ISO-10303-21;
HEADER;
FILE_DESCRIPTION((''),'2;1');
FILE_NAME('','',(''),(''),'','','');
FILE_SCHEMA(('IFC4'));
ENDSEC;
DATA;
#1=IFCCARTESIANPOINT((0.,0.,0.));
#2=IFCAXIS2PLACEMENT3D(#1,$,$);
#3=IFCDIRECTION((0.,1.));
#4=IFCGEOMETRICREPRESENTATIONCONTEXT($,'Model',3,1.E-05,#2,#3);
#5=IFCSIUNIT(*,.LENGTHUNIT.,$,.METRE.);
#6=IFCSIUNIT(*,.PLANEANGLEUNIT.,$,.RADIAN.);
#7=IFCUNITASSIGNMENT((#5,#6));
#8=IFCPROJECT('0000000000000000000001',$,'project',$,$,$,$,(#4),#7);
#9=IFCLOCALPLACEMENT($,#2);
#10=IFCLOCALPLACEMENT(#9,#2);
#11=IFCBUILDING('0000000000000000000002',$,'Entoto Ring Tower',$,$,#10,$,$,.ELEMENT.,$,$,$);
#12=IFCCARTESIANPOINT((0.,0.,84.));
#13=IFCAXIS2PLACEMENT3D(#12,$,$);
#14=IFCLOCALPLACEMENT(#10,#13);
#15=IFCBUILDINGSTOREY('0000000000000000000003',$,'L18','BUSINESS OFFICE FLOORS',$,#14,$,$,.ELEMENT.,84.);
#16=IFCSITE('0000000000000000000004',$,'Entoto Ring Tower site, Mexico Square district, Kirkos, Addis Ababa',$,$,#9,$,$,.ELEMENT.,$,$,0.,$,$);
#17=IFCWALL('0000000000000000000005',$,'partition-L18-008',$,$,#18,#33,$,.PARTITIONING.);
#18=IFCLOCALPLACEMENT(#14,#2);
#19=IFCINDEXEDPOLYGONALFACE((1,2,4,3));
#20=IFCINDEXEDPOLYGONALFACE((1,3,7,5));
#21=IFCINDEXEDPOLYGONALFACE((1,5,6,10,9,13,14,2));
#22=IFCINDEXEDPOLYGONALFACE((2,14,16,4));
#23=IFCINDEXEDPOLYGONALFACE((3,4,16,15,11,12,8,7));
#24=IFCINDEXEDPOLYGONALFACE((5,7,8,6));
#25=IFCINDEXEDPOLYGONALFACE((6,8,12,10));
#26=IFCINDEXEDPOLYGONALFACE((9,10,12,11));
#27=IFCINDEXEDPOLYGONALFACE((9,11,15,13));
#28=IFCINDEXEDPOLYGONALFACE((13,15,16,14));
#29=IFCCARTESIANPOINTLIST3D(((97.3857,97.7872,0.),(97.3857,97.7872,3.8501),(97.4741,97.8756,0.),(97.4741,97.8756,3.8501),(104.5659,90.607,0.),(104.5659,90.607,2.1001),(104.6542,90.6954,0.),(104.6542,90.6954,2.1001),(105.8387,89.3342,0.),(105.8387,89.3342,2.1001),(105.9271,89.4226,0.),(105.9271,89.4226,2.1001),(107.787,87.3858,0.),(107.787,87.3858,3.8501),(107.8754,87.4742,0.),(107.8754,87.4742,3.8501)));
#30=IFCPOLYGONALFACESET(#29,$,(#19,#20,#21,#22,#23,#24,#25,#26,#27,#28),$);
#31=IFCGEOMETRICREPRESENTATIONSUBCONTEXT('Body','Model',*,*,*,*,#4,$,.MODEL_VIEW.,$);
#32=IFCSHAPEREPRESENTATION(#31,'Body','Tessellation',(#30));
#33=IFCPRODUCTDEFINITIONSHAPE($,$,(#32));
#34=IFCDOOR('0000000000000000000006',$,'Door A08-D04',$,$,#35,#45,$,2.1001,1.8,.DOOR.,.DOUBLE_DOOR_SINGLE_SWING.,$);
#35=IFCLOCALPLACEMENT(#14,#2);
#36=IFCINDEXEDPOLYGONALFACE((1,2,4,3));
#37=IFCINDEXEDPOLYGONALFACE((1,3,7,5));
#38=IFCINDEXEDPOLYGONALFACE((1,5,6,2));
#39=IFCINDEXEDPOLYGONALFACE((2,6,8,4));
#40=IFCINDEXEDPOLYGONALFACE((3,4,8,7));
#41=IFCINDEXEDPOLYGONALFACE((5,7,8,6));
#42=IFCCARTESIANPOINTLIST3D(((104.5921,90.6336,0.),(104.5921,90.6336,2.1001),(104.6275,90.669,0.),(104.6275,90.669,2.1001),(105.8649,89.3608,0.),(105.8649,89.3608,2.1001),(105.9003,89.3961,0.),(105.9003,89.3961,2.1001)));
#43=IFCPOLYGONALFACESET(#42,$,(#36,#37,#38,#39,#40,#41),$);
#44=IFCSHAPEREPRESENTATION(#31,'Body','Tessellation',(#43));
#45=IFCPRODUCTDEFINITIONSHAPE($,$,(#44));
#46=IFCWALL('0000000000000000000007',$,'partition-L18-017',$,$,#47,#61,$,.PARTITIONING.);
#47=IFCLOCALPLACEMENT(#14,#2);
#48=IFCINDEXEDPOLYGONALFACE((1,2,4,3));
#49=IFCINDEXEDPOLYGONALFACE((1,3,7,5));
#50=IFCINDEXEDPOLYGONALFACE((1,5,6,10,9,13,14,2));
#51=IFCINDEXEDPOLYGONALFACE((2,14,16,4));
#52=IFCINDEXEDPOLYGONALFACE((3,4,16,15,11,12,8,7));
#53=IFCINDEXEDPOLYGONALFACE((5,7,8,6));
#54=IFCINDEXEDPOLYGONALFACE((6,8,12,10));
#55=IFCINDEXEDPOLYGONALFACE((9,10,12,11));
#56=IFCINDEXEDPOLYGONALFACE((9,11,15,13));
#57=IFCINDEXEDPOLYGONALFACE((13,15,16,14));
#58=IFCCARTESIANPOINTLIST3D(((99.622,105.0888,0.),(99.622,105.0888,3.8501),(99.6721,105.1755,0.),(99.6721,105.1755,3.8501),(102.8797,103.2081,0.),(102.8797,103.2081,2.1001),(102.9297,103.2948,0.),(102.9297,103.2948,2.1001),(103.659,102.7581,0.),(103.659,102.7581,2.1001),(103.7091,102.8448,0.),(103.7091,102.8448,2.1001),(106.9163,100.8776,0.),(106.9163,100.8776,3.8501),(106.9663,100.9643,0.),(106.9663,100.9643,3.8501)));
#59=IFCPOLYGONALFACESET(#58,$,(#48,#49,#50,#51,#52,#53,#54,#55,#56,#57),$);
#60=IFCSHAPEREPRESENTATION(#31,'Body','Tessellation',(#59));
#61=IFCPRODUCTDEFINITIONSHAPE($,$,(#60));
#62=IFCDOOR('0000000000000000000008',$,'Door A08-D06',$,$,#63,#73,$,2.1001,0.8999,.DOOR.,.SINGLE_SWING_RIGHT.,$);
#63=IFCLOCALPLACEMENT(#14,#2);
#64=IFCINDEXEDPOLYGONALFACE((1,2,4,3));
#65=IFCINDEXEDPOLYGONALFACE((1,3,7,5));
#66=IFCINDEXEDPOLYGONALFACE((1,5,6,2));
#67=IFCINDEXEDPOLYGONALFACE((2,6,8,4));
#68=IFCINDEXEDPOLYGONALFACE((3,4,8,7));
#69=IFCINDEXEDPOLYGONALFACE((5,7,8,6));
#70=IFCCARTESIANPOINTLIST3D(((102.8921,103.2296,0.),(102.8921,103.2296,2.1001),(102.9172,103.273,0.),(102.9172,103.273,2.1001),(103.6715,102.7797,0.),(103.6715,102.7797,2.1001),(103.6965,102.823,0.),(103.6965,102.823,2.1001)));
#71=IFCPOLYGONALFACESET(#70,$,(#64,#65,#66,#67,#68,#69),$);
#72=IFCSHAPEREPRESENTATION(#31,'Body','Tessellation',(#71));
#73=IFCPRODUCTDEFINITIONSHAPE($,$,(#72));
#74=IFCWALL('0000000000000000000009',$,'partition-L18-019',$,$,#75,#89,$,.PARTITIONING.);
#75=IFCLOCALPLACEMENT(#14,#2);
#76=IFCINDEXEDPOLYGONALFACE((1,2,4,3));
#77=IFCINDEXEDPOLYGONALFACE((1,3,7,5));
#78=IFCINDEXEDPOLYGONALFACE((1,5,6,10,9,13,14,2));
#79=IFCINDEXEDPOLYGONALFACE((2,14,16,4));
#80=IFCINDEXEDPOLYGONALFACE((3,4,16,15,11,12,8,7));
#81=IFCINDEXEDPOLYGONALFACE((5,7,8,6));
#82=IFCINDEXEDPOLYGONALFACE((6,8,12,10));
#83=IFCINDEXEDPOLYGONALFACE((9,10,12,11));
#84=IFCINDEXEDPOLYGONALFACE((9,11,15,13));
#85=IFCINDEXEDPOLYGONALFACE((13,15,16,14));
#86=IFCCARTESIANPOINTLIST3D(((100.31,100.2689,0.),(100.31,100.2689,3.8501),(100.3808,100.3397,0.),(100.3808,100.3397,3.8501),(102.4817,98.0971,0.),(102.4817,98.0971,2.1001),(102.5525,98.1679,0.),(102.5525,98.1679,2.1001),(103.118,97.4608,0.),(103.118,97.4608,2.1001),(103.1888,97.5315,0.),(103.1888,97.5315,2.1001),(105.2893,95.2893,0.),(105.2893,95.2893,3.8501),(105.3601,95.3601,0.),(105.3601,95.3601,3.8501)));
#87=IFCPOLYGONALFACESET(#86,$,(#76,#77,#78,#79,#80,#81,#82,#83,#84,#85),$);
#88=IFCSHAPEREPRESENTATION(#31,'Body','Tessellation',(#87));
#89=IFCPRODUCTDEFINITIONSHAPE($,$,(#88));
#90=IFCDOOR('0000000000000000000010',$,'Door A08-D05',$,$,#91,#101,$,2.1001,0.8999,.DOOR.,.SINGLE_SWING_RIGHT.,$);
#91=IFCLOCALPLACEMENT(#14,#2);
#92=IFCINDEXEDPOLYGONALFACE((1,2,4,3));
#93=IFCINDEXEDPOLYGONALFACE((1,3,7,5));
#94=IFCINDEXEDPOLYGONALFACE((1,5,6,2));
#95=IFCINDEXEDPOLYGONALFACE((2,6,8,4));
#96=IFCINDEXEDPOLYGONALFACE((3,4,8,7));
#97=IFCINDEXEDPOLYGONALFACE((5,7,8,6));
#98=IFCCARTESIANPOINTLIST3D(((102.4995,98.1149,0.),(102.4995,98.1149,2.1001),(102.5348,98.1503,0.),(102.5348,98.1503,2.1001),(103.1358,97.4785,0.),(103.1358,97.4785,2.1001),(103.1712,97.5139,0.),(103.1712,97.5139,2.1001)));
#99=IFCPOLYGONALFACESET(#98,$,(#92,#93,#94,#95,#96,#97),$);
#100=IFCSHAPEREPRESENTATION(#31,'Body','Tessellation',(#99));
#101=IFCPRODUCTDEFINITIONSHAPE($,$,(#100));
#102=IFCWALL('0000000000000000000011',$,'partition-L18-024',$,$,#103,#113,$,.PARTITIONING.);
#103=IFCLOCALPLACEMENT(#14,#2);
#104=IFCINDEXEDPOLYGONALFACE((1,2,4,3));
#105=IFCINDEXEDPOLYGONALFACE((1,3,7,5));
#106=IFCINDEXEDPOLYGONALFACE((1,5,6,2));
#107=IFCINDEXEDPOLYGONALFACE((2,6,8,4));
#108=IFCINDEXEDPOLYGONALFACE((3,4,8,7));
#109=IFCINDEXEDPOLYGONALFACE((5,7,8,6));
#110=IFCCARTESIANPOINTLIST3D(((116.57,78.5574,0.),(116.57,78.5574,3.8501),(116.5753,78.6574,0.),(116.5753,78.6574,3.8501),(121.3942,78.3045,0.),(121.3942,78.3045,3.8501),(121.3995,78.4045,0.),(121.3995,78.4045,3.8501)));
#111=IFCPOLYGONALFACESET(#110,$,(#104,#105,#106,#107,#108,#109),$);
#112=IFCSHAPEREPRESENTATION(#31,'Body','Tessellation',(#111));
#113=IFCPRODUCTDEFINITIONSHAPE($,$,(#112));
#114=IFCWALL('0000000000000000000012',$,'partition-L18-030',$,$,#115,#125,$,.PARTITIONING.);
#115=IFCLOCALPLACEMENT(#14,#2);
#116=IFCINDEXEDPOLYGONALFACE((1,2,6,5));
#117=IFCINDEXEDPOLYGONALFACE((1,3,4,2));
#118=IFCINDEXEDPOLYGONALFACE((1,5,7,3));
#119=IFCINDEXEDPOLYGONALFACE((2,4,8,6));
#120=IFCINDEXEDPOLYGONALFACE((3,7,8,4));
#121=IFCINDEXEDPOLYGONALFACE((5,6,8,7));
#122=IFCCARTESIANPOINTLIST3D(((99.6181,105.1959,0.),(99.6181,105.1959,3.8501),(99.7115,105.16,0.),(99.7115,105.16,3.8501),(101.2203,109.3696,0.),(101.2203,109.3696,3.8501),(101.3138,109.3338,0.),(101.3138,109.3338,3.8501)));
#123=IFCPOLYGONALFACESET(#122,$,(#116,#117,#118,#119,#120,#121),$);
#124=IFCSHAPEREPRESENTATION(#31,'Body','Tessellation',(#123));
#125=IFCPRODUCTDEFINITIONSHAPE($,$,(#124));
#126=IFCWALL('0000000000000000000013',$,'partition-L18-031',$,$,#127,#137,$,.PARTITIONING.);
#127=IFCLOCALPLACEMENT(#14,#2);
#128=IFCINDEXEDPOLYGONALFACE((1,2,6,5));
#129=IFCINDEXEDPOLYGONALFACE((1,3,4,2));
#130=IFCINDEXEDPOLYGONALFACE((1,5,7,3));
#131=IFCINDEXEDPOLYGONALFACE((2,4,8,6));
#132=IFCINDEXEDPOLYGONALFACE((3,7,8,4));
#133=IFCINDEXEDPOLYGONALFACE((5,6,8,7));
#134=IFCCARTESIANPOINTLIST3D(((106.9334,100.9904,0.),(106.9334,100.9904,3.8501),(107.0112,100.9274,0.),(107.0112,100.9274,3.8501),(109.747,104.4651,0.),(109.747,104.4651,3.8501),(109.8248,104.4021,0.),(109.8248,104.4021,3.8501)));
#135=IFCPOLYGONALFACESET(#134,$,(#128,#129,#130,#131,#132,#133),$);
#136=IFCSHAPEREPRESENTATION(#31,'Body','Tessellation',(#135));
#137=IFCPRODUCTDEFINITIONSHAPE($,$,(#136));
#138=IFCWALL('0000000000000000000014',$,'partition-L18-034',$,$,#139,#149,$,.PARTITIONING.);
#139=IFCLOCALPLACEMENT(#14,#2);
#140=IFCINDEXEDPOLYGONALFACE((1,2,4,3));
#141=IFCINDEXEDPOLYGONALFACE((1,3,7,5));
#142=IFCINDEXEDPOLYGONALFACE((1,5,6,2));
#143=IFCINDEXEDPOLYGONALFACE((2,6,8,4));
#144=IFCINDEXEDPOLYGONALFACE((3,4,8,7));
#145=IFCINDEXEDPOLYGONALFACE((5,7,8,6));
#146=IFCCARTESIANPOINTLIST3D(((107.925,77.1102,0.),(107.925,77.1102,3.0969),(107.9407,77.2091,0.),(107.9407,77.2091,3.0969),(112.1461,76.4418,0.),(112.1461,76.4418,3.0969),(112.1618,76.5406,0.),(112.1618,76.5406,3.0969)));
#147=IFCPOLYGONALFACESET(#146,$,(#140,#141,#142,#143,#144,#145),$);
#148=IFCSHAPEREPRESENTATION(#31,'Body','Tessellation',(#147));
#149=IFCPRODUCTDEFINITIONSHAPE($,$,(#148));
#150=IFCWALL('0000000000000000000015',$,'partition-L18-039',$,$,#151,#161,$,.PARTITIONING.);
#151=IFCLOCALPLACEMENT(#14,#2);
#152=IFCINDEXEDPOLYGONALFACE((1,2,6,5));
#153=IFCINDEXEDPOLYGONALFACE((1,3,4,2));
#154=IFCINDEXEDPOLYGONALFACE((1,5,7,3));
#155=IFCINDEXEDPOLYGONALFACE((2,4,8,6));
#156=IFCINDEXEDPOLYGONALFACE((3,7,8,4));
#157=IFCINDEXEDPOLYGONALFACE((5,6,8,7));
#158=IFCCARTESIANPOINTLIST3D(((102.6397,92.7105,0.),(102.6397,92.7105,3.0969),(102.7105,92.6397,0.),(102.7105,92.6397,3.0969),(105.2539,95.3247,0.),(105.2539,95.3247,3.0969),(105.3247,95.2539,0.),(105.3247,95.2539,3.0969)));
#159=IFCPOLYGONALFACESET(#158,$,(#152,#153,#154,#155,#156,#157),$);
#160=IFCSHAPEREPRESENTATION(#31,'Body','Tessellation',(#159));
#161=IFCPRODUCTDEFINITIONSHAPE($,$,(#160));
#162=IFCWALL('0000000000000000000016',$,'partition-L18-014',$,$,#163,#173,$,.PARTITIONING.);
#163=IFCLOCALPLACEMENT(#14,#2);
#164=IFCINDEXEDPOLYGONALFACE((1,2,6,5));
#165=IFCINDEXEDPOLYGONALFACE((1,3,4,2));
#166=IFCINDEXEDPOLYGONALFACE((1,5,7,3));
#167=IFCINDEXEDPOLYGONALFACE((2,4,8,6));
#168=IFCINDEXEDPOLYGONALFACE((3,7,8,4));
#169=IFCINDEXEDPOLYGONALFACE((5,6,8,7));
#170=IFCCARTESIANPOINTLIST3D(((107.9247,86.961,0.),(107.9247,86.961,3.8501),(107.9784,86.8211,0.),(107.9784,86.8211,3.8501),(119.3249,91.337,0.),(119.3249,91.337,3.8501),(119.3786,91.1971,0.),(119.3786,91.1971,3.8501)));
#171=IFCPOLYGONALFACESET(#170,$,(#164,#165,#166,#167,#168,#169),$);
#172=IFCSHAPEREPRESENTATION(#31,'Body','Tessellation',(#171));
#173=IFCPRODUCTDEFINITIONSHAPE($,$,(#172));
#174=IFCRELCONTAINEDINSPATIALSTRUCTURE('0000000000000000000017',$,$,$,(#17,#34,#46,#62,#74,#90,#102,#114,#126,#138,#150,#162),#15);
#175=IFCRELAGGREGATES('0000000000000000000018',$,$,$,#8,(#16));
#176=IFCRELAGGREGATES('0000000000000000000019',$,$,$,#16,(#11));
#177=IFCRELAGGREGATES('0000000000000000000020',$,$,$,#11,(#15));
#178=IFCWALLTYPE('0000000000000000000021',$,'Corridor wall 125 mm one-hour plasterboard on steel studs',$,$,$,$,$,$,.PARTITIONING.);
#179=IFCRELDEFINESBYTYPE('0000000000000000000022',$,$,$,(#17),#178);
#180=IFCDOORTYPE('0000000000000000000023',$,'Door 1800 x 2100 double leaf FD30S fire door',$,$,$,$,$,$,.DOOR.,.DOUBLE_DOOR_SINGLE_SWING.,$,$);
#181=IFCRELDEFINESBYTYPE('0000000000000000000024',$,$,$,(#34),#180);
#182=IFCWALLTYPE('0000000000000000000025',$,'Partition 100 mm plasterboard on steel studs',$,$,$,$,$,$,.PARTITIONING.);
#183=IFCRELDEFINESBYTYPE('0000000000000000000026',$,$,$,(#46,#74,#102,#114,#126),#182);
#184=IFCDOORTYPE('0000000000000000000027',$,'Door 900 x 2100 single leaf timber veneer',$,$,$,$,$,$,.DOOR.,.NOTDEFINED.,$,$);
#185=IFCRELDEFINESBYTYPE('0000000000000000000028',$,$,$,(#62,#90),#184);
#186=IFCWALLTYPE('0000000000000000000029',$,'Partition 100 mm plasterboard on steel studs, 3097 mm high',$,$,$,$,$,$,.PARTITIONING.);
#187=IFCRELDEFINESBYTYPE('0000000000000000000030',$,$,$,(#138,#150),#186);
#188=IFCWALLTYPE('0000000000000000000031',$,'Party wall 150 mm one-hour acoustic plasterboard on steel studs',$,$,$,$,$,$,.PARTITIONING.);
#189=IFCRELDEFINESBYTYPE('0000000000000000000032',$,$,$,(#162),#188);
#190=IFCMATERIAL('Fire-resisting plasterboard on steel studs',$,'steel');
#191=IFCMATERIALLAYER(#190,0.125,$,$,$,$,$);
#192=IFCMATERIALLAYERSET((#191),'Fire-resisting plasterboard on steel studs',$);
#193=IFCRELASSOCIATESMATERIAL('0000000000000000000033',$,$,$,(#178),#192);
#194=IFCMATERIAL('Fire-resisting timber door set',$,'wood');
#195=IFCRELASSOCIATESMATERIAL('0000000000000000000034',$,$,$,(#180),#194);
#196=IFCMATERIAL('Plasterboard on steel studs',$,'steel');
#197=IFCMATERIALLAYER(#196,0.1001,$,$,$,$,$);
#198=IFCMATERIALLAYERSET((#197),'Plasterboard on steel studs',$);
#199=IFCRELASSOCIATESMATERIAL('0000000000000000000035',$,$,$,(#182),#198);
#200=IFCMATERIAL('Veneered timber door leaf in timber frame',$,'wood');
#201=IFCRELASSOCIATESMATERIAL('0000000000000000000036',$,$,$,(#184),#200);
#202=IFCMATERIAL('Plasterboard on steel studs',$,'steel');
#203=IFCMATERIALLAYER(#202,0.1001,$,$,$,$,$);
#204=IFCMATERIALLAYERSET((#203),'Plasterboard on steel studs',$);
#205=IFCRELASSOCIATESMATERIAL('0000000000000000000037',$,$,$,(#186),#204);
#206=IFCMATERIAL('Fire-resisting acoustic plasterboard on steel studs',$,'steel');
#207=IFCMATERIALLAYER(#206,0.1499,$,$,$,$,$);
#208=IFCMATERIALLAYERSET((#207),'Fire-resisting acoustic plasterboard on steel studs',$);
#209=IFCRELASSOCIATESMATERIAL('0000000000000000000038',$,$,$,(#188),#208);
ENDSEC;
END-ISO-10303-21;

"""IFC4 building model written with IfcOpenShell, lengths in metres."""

from ifc_helpers import new_model, si_unit, direction, frame, frame_2d, origin, place, context, subcontext, project, spatial, rectangle, extrude, material, layer, layer_set, type_object, element, fill, save


model = new_model("IFC4")

# Units and contexts
model_context = context("Model", 3, precision=1e-05, world=origin(), true_north=direction((0.0, 1.0)))
body_context = subcontext(model_context, "Body", "Model", "MODEL_VIEW")
ifc_project = project(units=[si_unit("LENGTHUNIT", "METRE"), si_unit("PLANEANGLEUNIT", "RADIAN")], contexts=[model_context])

# Site, building, storey
site_placement = place(None, origin())
site = spatial("IfcSite", under=ifc_project, at=site_placement, Name="Entoto Ring Tower site, Mexico Square district, Kirkos, Addis Ababa", CompositionType="ELEMENT", RefElevation=0.0)
building_placement = place(site_placement, origin())
building = spatial("IfcBuilding", under=site, at=building_placement, Name="Entoto Ring Tower", CompositionType="ELEMENT")
storey_placement = place(building_placement, frame((0.0, 0.0, 84.0)))
storey = spatial("IfcBuildingStorey", under=building, at=storey_placement, Name="L18", Description="BUSINESS OFFICE FLOORS", CompositionType="ELEMENT", Elevation=84.0)

# Walls, openings, doors
ifc_material_1 = material(Name="Fire-resisting plasterboard on steel studs", Category="steel")
ifc_layer_1 = layer(ifc_material_1, 0.125)
ifc_layer_set_1 = layer_set([ifc_layer_1], Name="Fire-resisting plasterboard on steel studs")
wall_type_1 = type_object("IfcWallType", Name="Corridor wall 125 mm one-hour plasterboard on steel studs", PredefinedType="PARTITIONING", material=ifc_layer_set_1)
wall_1_placement = place(storey_placement, frame((107.8313, 87.4299, 0.0), z_axis=(0.0, 0.0, 1.0), x_axis=(-0.707107, 0.707107, 0.0)))
wall_1 = element("IfcWall", 1, at=wall_1_placement, inside=storey, type_object=wall_type_1, Name="partition-L18-008", PredefinedType="PARTITIONING", context=body_context, shape_type="SweptSolid", body=[
    extrude(rectangle(XDim=14.7097, YDim=0.125, at=frame_2d((7.355, 0.0))), origin(), (0.0, 0.0, 1.0), 3.8501),
])
opening_1_placement = place(wall_1_placement, frame((2.7556, 0.0, 0.0)))
opening_1 = element("IfcOpeningElement", 2, at=opening_1_placement, cuts=wall_1, PredefinedType="OPENING", context=body_context, shape_type="SweptSolid", body=[
    extrude(rectangle(XDim=1.8, YDim=2.1001, at=frame_2d((0.8999, 1.05))), frame((0.0, 0.0725, 0.0), z_axis=(0.0, -1.0, 0.0), x_axis=(1.0, 0.0, 0.0)), (0.0, 0.0, 1.0), 0.145),
])
ifc_material_2 = material(Name="Fire-resisting timber door set", Category="wood")
door_type_1 = type_object("IfcDoorType", Name="Door 1800 x 2100 double leaf FD30S fire door", OperationType="DOUBLE_DOOR_SINGLE_SWING", PredefinedType="DOOR", material=ifc_material_2)
door_1_placement = place(opening_1_placement, frame((1.8, 0.0, 0.0), z_axis=(0.0, 0.0, 1.0), x_axis=(-1.0, 0.0, 0.0)))
door_1 = element("IfcDoor", 3, at=door_1_placement, inside=storey, type_object=door_type_1, Name="Door A08-D04", OperationType="DOUBLE_DOOR_SINGLE_SWING", OverallHeight=2.1001, OverallWidth=1.8, PredefinedType="DOOR", context=body_context, shape_type="SweptSolid", body=[
    extrude(rectangle(XDim=1.8, YDim=2.1001, at=frame_2d((0.8999, 1.05))), frame((0.0, 0.0249, 0.0), z_axis=(0.0, -1.0, 0.0), x_axis=(1.0, 0.0, 0.0)), (0.0, 0.0, 1.0), 0.05),
])
fill(opening_1, door_1)
ifc_material_3 = material(Name="Plasterboard on steel studs", Category="steel")
ifc_layer_2 = layer(ifc_material_3, 0.1001)
ifc_layer_set_2 = layer_set([ifc_layer_2], Name="Plasterboard on steel studs")
wall_type_2 = type_object("IfcWallType", Name="Partition 100 mm plasterboard on steel studs", PredefinedType="PARTITIONING", material=ifc_layer_set_2)
wall_2_placement = place(storey_placement, frame((106.9414, 100.9209, 0.0), z_axis=(0.0, 0.0, 1.0), x_axis=(-0.866032, 0.499989, 0.0)))
wall_2 = element("IfcWall", 4, at=wall_2_placement, inside=storey, type_object=wall_type_2, Name="partition-L18-017", PredefinedType="PARTITIONING", context=body_context, shape_type="SweptSolid", body=[
    extrude(rectangle(XDim=8.4226, YDim=0.1001, at=frame_2d((4.2114, 0.0))), origin(), (0.0, 0.0, 1.0), 3.8501),
])
opening_2_placement = place(wall_2_placement, frame((3.7612, 0.0, 0.0)))
opening_2 = element("IfcOpeningElement", 5, at=opening_2_placement, cuts=wall_2, PredefinedType="OPENING", context=body_context, shape_type="SweptSolid", body=[
    extrude(rectangle(XDim=0.8999, YDim=2.1001, at=frame_2d((0.45, 1.05))), frame((0.0, 0.0601, 0.0), z_axis=(0.0, -1.0, 0.0), x_axis=(1.0, 0.0, 0.0)), (0.0, 0.0, 1.0), 0.1201),
])
ifc_material_4 = material(Name="Veneered timber door leaf in timber frame", Category="wood")
door_type_2 = type_object("IfcDoorType", Name="Door 900 x 2100 single leaf timber veneer", OperationType="NOTDEFINED", PredefinedType="DOOR", material=ifc_material_4)
door_2_placement = place(opening_2_placement, frame((0.8999, 0.0, 0.0), z_axis=(0.0, 0.0, 1.0), x_axis=(-1.0, 0.0, 0.0)))
door_2 = element("IfcDoor", 6, at=door_2_placement, inside=storey, type_object=door_type_2, Name="Door A08-D06", OperationType="SINGLE_SWING_RIGHT", OverallHeight=2.1001, OverallWidth=0.8999, PredefinedType="DOOR", context=body_context, shape_type="SweptSolid", body=[
    extrude(rectangle(XDim=0.8999, YDim=2.1001, at=frame_2d((0.45, 1.05))), frame((0.0, 0.0249, 0.0), z_axis=(0.0, -1.0, 0.0), x_axis=(1.0, 0.0, 0.0)), (0.0, 0.0, 1.0), 0.05),
])
fill(opening_2, door_2)
wall_3_placement = place(storey_placement, frame((105.3247, 95.3247, 0.0), z_axis=(0.0, 0.0, 1.0), x_axis=(-0.707089, 0.707124, 0.0)))
wall_3 = element("IfcWall", 7, at=wall_3_placement, inside=storey, type_object=wall_type_2, Name="partition-L18-019", PredefinedType="PARTITIONING", context=body_context, shape_type="SweptSolid", body=[
    extrude(rectangle(XDim=7.042, YDim=0.1001, at=frame_2d((3.521, 0.0))), origin(), (0.0, 0.0, 1.0), 3.8501),
])
opening_3_placement = place(wall_3_placement, frame((3.0708, 0.0, 0.0)))
opening_3 = element("IfcOpeningElement", 8, at=opening_3_placement, cuts=wall_3, PredefinedType="OPENING", context=body_context, shape_type="SweptSolid", body=[
    extrude(rectangle(XDim=0.8999, YDim=2.1001, at=frame_2d((0.45, 1.05))), frame((0.0, 0.0601, 0.0), z_axis=(0.0, -1.0, 0.0), x_axis=(1.0, 0.0, 0.0)), (0.0, 0.0, 1.0), 0.1201),
])
door_3_placement = place(opening_3_placement, origin())
door_3 = element("IfcDoor", 9, at=door_3_placement, inside=storey, type_object=door_type_2, Name="Door A08-D05", OperationType="SINGLE_SWING_RIGHT", OverallHeight=2.1001, OverallWidth=0.8999, PredefinedType="DOOR", context=body_context, shape_type="SweptSolid", body=[
    extrude(rectangle(XDim=0.8999, YDim=2.1001, at=frame_2d((0.45, 1.05))), frame((0.0, 0.0249, 0.0), z_axis=(0.0, -1.0, 0.0), x_axis=(1.0, 0.0, 0.0)), (0.0, 0.0, 1.0), 0.05),
])
fill(opening_3, door_3)

# Walls
wall_4_placement = place(storey_placement, frame((121.397, 78.3545, 0.0), z_axis=(0.0, 0.0, 1.0), x_axis=(-0.998628, 0.052357, 0.0)))
element("IfcWall", 10, at=wall_4_placement, inside=storey, type_object=wall_type_2, Name="partition-L18-024", PredefinedType="PARTITIONING", context=body_context, shape_type="SweptSolid", body=[
    extrude(rectangle(XDim=4.8308, YDim=0.1001, at=frame_2d((2.4155, 0.0))), origin(), (0.0, 0.0, 1.0), 3.8501),
])
wall_5_placement = place(storey_placement, frame((99.6648, 105.178, 0.0), z_axis=(0.0, 0.0, 1.0), x_axis=(0.35839, 0.933572, 0.0)))
element("IfcWall", 11, at=wall_5_placement, inside=storey, type_object=wall_type_2, Name="partition-L18-030", PredefinedType="PARTITIONING", context=body_context, shape_type="SweptSolid", body=[
    extrude(rectangle(XDim=4.4707, YDim=0.1001, at=frame_2d((2.2354, 0.0))), origin(), (0.0, 0.0, 1.0), 3.8501),
])
wall_6_placement = place(storey_placement, frame((106.9724, 100.959, 0.0), z_axis=(0.0, 0.0, 1.0), x_axis=(0.629292, 0.777169, 0.0)))
element("IfcWall", 12, at=wall_6_placement, inside=storey, type_object=wall_type_2, Name="partition-L18-031", PredefinedType="PARTITIONING", context=body_context, shape_type="SweptSolid", body=[
    extrude(rectangle(XDim=4.4709, YDim=0.1001, at=frame_2d((2.2354, 0.0))), origin(), (0.0, 0.0, 1.0), 3.8501),
])
ifc_material_5 = material(Name="Plasterboard on steel studs", Category="steel")
ifc_layer_3 = layer(ifc_material_5, 0.1001)
ifc_layer_set_3 = layer_set([ifc_layer_3], Name="Plasterboard on steel studs")
wall_type_3 = type_object("IfcWallType", Name="Partition 100 mm plasterboard on steel studs, 3097 mm high", PredefinedType="PARTITIONING", material=ifc_layer_set_3)
wall_7_placement = place(storey_placement, frame((112.1538, 76.4912, 0.0), z_axis=(0.0, 0.0, 1.0), x_axis=(-0.987692, 0.156408, 0.0)))
element("IfcWall", 13, at=wall_7_placement, inside=storey, type_object=wall_type_3, Name="partition-L18-034", PredefinedType="PARTITIONING", context=body_context, shape_type="SweptSolid", body=[
    extrude(rectangle(XDim=4.2737, YDim=0.1001, at=frame_2d((2.1367, 0.0))), origin(), (0.0, 0.0, 1.0), 3.0969),
])
wall_8_placement = place(storey_placement, frame((102.675, 92.675, 0.0), z_axis=(0.0, 0.0, 1.0), x_axis=(0.707107, 0.707107, 0.0)))
element("IfcWall", 14, at=wall_8_placement, inside=storey, type_object=wall_type_3, Name="partition-L18-039", PredefinedType="PARTITIONING", context=body_context, shape_type="SweptSolid", body=[
    extrude(rectangle(XDim=3.697, YDim=0.1001, at=frame_2d((1.8486, 0.0))), origin(), (0.0, 0.0, 1.0), 3.0969),
])
ifc_material_6 = material(Name="Fire-resisting acoustic plasterboard on steel studs", Category="steel")
ifc_layer_4 = layer(ifc_material_6, 0.1499)
ifc_layer_set_4 = layer_set([ifc_layer_4], Name="Fire-resisting acoustic plasterboard on steel studs")
wall_type_4 = type_object("IfcWallType", Name="Party wall 150 mm one-hour acoustic plasterboard on steel studs", PredefinedType="PARTITIONING", material=ifc_layer_set_4)
wall_9_placement = place(storey_placement, frame((107.9517, 86.8911, 0.0), z_axis=(0.0, 0.0, 1.0), x_axis=(0.933584, 0.358359, 0.0)))
element("IfcWall", 15, at=wall_9_placement, inside=storey, type_object=wall_type_4, Name="partition-L18-014", PredefinedType="PARTITIONING", context=body_context, shape_type="SweptSolid", body=[
    extrude(rectangle(XDim=12.2112, YDim=0.1499, at=frame_2d((6.1055, 0.0))), origin(), (0.0, 0.0, 1.0), 3.8501),
])

save(model, "model.ifc")
